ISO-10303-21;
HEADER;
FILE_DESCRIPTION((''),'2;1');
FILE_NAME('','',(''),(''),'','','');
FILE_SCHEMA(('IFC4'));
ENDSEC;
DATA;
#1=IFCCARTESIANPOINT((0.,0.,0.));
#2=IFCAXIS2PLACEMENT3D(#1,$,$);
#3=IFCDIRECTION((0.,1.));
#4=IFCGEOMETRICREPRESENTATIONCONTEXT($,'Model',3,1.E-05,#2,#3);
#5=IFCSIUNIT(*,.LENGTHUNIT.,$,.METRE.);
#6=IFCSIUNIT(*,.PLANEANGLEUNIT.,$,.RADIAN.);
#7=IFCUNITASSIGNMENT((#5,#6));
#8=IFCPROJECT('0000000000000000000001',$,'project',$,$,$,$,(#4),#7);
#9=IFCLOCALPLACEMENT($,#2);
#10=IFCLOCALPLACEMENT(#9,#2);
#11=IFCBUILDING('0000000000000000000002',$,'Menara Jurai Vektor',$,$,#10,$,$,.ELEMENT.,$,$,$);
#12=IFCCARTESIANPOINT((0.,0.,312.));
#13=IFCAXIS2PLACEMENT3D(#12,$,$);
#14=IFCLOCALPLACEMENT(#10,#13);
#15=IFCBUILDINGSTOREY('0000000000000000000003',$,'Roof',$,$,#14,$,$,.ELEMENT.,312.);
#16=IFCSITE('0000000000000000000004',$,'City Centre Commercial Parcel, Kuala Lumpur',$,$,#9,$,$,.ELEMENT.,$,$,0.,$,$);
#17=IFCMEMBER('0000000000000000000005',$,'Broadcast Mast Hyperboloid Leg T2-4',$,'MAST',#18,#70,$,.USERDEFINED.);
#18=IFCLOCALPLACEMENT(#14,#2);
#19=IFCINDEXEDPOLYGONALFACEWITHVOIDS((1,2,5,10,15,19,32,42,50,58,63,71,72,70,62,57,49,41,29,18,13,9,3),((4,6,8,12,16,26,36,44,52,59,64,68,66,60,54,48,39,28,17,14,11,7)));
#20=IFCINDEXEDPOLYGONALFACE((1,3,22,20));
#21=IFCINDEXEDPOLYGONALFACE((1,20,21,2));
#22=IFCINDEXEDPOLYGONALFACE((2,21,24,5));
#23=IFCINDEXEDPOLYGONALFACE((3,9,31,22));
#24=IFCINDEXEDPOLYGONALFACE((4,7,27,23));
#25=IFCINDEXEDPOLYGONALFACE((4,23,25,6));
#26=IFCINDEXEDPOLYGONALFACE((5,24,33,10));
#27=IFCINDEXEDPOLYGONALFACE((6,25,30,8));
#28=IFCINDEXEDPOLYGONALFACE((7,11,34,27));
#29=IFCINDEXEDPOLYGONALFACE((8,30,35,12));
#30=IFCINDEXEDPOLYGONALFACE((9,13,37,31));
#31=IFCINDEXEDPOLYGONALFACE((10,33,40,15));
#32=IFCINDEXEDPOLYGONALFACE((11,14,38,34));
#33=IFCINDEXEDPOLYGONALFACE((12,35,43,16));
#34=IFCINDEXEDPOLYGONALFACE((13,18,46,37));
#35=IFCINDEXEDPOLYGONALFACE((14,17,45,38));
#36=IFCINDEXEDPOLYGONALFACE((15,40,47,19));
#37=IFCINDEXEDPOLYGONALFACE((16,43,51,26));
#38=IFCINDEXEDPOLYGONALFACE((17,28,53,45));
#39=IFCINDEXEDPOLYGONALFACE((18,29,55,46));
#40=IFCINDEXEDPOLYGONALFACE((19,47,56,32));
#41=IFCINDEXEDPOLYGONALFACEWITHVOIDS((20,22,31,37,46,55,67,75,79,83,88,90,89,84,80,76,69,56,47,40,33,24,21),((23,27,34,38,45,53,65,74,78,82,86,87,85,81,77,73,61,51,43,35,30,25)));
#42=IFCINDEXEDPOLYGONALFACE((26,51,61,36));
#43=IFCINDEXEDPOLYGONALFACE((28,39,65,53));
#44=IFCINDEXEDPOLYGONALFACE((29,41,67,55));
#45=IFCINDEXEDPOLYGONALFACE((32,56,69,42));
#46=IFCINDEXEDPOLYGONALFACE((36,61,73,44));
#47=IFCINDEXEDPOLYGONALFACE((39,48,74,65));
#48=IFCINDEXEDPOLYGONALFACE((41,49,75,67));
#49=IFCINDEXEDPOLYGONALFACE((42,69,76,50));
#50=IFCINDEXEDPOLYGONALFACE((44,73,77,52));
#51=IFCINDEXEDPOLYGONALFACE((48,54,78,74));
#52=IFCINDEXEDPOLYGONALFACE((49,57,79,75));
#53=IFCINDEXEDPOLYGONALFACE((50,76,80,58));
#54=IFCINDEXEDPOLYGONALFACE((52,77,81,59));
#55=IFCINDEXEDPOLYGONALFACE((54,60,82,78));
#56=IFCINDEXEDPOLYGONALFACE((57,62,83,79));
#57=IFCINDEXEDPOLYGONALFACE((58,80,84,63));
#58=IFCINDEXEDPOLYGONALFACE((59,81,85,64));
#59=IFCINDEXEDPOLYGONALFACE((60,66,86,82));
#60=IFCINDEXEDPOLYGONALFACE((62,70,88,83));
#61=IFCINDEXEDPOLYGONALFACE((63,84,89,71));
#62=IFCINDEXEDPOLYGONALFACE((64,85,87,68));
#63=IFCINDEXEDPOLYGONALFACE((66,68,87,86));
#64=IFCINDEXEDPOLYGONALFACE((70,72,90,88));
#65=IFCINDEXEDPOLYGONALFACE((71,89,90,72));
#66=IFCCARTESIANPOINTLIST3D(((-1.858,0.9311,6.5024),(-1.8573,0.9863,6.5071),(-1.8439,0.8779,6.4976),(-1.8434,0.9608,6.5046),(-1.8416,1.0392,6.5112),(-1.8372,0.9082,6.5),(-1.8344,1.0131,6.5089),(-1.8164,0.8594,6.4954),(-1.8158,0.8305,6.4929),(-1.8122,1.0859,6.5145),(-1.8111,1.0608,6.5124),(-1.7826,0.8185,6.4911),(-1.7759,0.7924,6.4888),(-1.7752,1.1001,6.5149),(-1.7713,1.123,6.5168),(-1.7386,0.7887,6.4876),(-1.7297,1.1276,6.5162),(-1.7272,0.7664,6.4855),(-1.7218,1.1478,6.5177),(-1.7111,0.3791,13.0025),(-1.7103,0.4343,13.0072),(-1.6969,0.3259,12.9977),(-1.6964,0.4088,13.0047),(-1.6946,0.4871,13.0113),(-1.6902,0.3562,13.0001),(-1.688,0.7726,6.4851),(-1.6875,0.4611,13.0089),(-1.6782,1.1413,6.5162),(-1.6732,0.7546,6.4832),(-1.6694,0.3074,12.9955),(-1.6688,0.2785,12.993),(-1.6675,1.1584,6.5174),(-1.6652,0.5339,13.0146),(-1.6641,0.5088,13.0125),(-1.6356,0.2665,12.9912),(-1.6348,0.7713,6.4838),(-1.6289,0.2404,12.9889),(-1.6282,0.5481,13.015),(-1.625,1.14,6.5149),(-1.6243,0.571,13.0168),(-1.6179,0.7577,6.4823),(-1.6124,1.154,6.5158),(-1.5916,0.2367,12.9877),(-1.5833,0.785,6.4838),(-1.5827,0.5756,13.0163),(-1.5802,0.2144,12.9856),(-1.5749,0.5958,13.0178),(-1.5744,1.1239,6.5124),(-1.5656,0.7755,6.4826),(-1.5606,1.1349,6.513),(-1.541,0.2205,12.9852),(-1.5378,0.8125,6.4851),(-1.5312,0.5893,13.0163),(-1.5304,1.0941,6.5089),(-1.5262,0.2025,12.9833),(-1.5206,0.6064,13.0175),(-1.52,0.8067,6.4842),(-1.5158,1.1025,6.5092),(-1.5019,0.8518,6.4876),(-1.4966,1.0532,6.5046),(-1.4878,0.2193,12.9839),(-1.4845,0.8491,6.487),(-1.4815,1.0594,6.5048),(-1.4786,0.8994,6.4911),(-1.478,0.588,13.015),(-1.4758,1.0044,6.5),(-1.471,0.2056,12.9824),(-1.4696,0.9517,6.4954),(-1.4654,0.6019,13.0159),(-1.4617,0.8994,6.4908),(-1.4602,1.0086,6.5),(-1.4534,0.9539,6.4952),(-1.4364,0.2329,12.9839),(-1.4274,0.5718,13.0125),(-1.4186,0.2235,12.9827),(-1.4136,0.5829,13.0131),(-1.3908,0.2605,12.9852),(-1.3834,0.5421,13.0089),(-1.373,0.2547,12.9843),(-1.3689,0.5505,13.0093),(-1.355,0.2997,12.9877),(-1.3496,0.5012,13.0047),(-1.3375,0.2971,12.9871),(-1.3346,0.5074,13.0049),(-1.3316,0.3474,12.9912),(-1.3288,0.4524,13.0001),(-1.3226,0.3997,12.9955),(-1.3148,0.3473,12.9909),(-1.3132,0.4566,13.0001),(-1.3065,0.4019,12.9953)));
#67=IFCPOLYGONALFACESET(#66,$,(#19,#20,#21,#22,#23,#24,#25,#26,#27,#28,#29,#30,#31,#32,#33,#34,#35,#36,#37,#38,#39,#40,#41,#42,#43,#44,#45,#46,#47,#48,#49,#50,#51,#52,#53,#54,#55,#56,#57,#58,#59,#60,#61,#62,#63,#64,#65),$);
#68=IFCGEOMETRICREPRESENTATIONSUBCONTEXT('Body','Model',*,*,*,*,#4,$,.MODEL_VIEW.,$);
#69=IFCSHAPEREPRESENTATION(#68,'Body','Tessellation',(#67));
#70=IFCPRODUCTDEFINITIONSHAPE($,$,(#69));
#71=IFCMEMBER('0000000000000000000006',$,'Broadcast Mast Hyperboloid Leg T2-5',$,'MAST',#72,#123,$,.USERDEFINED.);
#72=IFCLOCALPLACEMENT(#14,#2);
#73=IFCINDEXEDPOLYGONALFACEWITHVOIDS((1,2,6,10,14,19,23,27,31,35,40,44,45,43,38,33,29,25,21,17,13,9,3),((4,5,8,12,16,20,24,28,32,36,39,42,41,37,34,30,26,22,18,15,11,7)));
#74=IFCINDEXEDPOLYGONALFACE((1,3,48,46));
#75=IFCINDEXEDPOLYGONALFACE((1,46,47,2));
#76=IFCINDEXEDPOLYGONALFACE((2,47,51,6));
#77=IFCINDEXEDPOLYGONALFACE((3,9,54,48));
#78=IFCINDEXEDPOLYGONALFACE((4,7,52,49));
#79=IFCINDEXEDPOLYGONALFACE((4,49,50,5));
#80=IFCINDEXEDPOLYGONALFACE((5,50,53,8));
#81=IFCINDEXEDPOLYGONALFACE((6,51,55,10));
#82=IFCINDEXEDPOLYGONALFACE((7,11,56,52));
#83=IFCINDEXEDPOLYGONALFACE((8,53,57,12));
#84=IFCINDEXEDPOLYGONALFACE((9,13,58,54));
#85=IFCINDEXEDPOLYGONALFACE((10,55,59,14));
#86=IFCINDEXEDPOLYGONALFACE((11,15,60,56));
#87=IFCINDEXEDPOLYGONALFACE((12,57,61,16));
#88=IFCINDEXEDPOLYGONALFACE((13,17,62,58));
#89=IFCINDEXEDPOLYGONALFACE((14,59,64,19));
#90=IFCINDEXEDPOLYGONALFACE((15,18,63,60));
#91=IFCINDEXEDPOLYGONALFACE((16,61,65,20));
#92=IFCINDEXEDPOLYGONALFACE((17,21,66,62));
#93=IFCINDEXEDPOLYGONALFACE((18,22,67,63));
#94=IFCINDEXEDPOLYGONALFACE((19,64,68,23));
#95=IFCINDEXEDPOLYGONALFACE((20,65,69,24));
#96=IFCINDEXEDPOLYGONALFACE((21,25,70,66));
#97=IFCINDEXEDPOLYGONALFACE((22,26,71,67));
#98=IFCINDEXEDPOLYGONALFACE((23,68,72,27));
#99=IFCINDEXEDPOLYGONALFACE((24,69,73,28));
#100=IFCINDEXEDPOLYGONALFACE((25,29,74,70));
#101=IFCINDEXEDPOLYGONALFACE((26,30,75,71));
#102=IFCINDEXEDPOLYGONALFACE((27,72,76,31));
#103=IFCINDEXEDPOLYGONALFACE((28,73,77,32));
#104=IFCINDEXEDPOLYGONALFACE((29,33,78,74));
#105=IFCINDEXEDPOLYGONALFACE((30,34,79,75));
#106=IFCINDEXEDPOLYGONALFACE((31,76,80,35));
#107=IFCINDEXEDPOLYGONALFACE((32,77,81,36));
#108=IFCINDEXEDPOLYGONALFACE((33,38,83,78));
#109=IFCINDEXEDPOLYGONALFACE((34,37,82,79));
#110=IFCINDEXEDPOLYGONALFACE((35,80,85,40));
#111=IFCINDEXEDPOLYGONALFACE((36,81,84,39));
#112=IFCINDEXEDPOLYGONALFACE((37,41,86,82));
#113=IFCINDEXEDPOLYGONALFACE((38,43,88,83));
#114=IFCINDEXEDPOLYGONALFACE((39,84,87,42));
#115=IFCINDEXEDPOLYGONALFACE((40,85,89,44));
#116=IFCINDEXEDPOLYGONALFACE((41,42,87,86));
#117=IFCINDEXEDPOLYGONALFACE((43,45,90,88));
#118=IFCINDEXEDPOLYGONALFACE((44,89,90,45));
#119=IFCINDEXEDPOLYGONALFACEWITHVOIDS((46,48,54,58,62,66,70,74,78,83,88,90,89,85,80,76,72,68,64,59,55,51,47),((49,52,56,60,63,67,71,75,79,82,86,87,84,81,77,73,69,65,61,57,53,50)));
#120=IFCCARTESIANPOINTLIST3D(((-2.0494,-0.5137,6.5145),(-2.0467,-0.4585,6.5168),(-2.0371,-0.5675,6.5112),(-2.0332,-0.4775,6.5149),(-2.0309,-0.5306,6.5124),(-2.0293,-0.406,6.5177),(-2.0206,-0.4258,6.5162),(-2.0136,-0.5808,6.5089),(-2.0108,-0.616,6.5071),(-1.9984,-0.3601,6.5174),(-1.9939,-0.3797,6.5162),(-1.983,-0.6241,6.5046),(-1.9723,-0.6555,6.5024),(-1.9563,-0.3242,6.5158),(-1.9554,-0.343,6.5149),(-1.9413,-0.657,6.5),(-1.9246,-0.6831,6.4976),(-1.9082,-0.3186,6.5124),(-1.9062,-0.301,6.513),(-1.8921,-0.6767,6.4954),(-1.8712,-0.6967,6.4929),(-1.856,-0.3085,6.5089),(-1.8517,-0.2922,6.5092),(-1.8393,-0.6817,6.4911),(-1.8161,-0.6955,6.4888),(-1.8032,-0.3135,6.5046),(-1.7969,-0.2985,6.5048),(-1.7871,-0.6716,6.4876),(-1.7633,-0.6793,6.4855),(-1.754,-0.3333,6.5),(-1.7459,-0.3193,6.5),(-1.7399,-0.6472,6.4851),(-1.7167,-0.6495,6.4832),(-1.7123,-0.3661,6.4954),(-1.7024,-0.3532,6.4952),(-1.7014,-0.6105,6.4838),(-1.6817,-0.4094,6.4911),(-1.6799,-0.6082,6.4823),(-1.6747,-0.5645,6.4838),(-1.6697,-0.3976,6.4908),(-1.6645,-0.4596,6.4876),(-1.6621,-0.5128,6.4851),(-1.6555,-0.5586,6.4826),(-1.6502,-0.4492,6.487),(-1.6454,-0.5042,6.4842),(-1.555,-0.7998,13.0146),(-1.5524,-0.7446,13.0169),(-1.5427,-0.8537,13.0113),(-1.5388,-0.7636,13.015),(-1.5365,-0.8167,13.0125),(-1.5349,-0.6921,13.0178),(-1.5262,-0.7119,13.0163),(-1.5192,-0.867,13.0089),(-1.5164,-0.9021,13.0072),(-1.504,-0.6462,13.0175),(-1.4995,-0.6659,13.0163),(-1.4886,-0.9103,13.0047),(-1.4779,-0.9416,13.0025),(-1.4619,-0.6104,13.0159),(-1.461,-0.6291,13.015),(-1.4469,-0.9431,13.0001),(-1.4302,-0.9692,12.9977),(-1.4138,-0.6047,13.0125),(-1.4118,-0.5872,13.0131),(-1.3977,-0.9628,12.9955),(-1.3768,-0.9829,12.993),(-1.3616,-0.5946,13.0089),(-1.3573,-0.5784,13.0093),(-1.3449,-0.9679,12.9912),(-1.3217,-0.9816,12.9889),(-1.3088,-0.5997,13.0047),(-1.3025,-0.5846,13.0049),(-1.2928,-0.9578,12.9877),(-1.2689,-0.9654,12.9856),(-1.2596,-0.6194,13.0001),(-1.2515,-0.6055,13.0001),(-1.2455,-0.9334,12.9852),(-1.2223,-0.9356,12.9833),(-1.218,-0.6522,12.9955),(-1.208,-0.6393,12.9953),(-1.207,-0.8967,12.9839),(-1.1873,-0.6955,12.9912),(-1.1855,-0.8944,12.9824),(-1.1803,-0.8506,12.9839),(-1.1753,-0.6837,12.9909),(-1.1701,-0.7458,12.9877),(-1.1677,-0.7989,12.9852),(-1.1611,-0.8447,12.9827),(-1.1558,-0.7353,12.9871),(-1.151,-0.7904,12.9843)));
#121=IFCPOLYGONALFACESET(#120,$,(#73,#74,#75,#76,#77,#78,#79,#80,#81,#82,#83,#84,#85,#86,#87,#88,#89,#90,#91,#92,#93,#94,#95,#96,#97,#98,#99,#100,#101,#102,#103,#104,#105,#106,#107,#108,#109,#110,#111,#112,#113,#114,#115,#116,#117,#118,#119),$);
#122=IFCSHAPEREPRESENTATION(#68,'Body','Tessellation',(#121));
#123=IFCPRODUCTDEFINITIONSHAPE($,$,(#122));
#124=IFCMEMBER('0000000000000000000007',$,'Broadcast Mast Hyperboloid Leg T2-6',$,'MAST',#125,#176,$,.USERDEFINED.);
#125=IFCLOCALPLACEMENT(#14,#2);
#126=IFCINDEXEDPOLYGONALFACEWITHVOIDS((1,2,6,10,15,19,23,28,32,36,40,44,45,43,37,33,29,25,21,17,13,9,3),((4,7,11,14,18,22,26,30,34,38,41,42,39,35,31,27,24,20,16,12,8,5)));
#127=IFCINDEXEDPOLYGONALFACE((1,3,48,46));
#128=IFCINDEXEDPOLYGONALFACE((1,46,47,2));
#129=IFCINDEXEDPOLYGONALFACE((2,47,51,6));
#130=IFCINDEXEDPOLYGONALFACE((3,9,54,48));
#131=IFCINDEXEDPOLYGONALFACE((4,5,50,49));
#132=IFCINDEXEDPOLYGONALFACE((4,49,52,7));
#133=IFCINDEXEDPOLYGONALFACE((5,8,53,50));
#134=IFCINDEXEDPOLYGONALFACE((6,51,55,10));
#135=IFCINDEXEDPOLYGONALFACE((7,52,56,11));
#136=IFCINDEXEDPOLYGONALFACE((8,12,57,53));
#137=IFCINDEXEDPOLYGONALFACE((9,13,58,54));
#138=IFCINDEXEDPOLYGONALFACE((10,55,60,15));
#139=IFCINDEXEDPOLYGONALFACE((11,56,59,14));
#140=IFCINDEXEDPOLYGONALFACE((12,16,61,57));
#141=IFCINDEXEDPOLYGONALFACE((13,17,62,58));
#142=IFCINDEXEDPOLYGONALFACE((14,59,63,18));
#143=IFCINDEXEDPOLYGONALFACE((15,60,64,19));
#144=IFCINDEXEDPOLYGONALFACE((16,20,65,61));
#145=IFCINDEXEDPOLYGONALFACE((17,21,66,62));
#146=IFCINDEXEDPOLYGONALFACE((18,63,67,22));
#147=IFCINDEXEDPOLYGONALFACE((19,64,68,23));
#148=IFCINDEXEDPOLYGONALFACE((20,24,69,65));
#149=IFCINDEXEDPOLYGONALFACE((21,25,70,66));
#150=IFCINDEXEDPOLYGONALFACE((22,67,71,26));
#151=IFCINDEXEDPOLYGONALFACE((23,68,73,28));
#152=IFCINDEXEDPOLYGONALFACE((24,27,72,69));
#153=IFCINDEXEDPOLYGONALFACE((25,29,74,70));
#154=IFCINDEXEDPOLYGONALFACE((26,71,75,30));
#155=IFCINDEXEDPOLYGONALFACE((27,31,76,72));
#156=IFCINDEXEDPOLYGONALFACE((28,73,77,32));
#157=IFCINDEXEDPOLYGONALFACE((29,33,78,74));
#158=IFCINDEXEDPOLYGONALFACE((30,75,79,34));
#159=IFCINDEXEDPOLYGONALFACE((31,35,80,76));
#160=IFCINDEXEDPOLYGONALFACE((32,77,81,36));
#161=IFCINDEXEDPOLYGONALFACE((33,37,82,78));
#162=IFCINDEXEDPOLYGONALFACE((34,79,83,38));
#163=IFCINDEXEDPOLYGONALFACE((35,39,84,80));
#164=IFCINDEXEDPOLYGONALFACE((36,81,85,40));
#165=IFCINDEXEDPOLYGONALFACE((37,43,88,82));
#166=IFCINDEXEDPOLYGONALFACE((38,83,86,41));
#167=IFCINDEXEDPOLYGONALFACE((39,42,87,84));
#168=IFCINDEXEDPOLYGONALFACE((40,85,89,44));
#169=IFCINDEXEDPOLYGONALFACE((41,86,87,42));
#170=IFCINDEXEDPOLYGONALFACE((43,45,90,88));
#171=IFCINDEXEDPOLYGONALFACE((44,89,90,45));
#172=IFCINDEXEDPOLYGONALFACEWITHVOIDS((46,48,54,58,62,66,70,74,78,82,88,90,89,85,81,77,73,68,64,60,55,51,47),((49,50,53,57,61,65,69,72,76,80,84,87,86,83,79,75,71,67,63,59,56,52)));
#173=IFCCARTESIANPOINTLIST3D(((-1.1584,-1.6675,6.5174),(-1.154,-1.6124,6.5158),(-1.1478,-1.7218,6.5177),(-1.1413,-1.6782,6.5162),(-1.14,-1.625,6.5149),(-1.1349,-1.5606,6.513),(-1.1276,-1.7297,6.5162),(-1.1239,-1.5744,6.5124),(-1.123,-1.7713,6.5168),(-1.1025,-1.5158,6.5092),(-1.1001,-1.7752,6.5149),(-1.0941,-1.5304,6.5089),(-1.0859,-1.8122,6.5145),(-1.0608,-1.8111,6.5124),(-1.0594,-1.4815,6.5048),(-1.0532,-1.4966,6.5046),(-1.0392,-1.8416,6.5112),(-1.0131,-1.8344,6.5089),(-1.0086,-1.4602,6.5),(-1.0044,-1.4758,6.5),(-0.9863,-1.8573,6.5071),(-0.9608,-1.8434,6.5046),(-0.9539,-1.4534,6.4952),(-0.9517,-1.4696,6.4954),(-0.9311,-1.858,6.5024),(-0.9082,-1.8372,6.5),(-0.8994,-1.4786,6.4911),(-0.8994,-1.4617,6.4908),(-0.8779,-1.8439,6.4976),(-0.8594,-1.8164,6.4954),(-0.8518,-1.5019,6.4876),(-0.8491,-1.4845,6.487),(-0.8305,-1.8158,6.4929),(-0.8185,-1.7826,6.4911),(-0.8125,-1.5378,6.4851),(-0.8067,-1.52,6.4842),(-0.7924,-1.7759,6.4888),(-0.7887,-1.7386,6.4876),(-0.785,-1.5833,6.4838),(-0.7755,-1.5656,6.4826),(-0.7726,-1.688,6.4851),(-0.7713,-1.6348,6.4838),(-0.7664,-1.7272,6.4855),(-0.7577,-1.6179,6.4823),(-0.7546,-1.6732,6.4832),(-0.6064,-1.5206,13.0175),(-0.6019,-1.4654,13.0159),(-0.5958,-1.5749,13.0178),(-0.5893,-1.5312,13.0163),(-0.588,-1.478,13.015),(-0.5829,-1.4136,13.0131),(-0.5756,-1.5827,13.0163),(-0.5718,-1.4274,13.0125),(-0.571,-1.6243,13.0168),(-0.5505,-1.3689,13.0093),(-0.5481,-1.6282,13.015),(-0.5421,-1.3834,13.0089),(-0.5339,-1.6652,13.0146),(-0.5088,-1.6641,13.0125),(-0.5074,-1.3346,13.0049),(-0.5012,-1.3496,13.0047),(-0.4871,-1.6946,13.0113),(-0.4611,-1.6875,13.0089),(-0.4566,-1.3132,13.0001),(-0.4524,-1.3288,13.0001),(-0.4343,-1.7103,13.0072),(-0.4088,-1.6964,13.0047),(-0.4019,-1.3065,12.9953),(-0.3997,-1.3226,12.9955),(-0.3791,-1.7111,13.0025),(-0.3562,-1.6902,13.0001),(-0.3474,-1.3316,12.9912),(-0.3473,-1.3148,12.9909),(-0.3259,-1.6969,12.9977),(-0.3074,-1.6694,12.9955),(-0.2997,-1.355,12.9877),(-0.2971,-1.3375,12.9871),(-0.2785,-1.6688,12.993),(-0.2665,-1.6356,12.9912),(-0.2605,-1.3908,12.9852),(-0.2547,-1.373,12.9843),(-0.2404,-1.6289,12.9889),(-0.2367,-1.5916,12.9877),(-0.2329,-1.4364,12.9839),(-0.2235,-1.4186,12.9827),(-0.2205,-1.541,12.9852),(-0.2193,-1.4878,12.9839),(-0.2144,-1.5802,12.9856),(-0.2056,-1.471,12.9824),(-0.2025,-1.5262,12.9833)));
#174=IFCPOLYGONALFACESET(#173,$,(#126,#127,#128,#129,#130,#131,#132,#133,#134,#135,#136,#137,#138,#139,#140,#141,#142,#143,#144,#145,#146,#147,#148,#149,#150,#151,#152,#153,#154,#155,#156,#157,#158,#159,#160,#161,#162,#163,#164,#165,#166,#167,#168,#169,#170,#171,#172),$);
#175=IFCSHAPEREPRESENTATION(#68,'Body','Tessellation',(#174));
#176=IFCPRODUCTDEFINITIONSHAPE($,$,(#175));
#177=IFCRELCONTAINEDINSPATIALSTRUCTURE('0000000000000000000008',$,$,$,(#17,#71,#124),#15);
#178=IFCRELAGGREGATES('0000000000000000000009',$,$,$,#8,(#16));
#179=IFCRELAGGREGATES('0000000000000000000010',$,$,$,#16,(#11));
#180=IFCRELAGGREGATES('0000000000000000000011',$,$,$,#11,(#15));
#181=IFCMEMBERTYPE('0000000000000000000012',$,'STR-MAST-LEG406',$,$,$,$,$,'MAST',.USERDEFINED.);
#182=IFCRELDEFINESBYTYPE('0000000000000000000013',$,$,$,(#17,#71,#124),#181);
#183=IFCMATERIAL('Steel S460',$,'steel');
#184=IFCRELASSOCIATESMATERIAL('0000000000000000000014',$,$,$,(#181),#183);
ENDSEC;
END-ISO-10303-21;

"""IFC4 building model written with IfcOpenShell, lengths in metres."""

from ifc_helpers import new_model, si_unit, direction, frame, origin, origin_2d, place, context, subcontext, project, spatial, hollow_circle, extrude, material, material_profile, profile_set, type_object, element, save


model = new_model("IFC4")

# Units and contexts
model_context = context("Model", 3, precision=1e-05, world=origin(), true_north=direction((0.0, 1.0)))
body_context = subcontext(model_context, "Body", "Model", "MODEL_VIEW")
ifc_project = project(units=[si_unit("LENGTHUNIT", "METRE"), si_unit("PLANEANGLEUNIT", "RADIAN")], contexts=[model_context])

# Site, building, storey
site_placement = place(None, origin())
site = spatial("IfcSite", under=ifc_project, at=site_placement, Name="City Centre Commercial Parcel, Kuala Lumpur", CompositionType="ELEMENT", RefElevation=0.0)
building_placement = place(site_placement, origin())
building = spatial("IfcBuilding", under=site, at=building_placement, Name="Menara Jurai Vektor", CompositionType="ELEMENT")
storey_placement = place(building_placement, frame((0.0, 0.0, 312.0)))
storey = spatial("IfcBuildingStorey", under=building, at=storey_placement, Name="Roof", CompositionType="ELEMENT", Elevation=312.0)

# Members
ifc_material = material(Name="Steel S460", Category="steel")
ifc_material_profile_1 = material_profile(ifc_material, hollow_circle(Radius=0.2031, WallThickness=0.0161, at=origin_2d()), Name="CHS 406.4x16")
ifc_profile_set_1 = profile_set([ifc_material_profile_1], Name="Steel S460")
member_type_1 = type_object("IfcMemberType", Name="STR-MAST-LEG406", ElementType="MAST", PredefinedType="USERDEFINED", material=ifc_profile_set_1)
for number, where, z_axis, x_axis, name in (
    (1, (-1.6565, 0.9563, 6.5), (0.022524, -0.084597, 0.996161), (0.966334, 0.25729, 0.0), "Broadcast Mast Hyperboloid Leg T2-4"),
    (2, (-1.8477, -0.4951, 6.5), (0.075767, -0.043851, 0.996161), (0.500918, 0.865495, 0.0), "Broadcast Mast Hyperboloid Leg T2-5"),
    (3, (-0.9563, -1.6565, 6.5), (0.084597, 0.022524, 0.996161), (-0.25729, 0.966334, 0.0), "Broadcast Mast Hyperboloid Leg T2-6"),
):
    element("IfcMember", number, at=place(storey_placement, frame(where, z_axis=z_axis, x_axis=x_axis)), inside=storey, type_object=member_type_1, Name=name, ObjectType="MAST", PredefinedType="USERDEFINED", context=body_context, shape_type="SweptSolid", body=[
        extrude(hollow_circle(Radius=0.2031, WallThickness=0.0161, at=origin_2d()), origin(), (0.0, 0.0, 1.0), 6.5251),
    ])

save(model, "model.ifc")
